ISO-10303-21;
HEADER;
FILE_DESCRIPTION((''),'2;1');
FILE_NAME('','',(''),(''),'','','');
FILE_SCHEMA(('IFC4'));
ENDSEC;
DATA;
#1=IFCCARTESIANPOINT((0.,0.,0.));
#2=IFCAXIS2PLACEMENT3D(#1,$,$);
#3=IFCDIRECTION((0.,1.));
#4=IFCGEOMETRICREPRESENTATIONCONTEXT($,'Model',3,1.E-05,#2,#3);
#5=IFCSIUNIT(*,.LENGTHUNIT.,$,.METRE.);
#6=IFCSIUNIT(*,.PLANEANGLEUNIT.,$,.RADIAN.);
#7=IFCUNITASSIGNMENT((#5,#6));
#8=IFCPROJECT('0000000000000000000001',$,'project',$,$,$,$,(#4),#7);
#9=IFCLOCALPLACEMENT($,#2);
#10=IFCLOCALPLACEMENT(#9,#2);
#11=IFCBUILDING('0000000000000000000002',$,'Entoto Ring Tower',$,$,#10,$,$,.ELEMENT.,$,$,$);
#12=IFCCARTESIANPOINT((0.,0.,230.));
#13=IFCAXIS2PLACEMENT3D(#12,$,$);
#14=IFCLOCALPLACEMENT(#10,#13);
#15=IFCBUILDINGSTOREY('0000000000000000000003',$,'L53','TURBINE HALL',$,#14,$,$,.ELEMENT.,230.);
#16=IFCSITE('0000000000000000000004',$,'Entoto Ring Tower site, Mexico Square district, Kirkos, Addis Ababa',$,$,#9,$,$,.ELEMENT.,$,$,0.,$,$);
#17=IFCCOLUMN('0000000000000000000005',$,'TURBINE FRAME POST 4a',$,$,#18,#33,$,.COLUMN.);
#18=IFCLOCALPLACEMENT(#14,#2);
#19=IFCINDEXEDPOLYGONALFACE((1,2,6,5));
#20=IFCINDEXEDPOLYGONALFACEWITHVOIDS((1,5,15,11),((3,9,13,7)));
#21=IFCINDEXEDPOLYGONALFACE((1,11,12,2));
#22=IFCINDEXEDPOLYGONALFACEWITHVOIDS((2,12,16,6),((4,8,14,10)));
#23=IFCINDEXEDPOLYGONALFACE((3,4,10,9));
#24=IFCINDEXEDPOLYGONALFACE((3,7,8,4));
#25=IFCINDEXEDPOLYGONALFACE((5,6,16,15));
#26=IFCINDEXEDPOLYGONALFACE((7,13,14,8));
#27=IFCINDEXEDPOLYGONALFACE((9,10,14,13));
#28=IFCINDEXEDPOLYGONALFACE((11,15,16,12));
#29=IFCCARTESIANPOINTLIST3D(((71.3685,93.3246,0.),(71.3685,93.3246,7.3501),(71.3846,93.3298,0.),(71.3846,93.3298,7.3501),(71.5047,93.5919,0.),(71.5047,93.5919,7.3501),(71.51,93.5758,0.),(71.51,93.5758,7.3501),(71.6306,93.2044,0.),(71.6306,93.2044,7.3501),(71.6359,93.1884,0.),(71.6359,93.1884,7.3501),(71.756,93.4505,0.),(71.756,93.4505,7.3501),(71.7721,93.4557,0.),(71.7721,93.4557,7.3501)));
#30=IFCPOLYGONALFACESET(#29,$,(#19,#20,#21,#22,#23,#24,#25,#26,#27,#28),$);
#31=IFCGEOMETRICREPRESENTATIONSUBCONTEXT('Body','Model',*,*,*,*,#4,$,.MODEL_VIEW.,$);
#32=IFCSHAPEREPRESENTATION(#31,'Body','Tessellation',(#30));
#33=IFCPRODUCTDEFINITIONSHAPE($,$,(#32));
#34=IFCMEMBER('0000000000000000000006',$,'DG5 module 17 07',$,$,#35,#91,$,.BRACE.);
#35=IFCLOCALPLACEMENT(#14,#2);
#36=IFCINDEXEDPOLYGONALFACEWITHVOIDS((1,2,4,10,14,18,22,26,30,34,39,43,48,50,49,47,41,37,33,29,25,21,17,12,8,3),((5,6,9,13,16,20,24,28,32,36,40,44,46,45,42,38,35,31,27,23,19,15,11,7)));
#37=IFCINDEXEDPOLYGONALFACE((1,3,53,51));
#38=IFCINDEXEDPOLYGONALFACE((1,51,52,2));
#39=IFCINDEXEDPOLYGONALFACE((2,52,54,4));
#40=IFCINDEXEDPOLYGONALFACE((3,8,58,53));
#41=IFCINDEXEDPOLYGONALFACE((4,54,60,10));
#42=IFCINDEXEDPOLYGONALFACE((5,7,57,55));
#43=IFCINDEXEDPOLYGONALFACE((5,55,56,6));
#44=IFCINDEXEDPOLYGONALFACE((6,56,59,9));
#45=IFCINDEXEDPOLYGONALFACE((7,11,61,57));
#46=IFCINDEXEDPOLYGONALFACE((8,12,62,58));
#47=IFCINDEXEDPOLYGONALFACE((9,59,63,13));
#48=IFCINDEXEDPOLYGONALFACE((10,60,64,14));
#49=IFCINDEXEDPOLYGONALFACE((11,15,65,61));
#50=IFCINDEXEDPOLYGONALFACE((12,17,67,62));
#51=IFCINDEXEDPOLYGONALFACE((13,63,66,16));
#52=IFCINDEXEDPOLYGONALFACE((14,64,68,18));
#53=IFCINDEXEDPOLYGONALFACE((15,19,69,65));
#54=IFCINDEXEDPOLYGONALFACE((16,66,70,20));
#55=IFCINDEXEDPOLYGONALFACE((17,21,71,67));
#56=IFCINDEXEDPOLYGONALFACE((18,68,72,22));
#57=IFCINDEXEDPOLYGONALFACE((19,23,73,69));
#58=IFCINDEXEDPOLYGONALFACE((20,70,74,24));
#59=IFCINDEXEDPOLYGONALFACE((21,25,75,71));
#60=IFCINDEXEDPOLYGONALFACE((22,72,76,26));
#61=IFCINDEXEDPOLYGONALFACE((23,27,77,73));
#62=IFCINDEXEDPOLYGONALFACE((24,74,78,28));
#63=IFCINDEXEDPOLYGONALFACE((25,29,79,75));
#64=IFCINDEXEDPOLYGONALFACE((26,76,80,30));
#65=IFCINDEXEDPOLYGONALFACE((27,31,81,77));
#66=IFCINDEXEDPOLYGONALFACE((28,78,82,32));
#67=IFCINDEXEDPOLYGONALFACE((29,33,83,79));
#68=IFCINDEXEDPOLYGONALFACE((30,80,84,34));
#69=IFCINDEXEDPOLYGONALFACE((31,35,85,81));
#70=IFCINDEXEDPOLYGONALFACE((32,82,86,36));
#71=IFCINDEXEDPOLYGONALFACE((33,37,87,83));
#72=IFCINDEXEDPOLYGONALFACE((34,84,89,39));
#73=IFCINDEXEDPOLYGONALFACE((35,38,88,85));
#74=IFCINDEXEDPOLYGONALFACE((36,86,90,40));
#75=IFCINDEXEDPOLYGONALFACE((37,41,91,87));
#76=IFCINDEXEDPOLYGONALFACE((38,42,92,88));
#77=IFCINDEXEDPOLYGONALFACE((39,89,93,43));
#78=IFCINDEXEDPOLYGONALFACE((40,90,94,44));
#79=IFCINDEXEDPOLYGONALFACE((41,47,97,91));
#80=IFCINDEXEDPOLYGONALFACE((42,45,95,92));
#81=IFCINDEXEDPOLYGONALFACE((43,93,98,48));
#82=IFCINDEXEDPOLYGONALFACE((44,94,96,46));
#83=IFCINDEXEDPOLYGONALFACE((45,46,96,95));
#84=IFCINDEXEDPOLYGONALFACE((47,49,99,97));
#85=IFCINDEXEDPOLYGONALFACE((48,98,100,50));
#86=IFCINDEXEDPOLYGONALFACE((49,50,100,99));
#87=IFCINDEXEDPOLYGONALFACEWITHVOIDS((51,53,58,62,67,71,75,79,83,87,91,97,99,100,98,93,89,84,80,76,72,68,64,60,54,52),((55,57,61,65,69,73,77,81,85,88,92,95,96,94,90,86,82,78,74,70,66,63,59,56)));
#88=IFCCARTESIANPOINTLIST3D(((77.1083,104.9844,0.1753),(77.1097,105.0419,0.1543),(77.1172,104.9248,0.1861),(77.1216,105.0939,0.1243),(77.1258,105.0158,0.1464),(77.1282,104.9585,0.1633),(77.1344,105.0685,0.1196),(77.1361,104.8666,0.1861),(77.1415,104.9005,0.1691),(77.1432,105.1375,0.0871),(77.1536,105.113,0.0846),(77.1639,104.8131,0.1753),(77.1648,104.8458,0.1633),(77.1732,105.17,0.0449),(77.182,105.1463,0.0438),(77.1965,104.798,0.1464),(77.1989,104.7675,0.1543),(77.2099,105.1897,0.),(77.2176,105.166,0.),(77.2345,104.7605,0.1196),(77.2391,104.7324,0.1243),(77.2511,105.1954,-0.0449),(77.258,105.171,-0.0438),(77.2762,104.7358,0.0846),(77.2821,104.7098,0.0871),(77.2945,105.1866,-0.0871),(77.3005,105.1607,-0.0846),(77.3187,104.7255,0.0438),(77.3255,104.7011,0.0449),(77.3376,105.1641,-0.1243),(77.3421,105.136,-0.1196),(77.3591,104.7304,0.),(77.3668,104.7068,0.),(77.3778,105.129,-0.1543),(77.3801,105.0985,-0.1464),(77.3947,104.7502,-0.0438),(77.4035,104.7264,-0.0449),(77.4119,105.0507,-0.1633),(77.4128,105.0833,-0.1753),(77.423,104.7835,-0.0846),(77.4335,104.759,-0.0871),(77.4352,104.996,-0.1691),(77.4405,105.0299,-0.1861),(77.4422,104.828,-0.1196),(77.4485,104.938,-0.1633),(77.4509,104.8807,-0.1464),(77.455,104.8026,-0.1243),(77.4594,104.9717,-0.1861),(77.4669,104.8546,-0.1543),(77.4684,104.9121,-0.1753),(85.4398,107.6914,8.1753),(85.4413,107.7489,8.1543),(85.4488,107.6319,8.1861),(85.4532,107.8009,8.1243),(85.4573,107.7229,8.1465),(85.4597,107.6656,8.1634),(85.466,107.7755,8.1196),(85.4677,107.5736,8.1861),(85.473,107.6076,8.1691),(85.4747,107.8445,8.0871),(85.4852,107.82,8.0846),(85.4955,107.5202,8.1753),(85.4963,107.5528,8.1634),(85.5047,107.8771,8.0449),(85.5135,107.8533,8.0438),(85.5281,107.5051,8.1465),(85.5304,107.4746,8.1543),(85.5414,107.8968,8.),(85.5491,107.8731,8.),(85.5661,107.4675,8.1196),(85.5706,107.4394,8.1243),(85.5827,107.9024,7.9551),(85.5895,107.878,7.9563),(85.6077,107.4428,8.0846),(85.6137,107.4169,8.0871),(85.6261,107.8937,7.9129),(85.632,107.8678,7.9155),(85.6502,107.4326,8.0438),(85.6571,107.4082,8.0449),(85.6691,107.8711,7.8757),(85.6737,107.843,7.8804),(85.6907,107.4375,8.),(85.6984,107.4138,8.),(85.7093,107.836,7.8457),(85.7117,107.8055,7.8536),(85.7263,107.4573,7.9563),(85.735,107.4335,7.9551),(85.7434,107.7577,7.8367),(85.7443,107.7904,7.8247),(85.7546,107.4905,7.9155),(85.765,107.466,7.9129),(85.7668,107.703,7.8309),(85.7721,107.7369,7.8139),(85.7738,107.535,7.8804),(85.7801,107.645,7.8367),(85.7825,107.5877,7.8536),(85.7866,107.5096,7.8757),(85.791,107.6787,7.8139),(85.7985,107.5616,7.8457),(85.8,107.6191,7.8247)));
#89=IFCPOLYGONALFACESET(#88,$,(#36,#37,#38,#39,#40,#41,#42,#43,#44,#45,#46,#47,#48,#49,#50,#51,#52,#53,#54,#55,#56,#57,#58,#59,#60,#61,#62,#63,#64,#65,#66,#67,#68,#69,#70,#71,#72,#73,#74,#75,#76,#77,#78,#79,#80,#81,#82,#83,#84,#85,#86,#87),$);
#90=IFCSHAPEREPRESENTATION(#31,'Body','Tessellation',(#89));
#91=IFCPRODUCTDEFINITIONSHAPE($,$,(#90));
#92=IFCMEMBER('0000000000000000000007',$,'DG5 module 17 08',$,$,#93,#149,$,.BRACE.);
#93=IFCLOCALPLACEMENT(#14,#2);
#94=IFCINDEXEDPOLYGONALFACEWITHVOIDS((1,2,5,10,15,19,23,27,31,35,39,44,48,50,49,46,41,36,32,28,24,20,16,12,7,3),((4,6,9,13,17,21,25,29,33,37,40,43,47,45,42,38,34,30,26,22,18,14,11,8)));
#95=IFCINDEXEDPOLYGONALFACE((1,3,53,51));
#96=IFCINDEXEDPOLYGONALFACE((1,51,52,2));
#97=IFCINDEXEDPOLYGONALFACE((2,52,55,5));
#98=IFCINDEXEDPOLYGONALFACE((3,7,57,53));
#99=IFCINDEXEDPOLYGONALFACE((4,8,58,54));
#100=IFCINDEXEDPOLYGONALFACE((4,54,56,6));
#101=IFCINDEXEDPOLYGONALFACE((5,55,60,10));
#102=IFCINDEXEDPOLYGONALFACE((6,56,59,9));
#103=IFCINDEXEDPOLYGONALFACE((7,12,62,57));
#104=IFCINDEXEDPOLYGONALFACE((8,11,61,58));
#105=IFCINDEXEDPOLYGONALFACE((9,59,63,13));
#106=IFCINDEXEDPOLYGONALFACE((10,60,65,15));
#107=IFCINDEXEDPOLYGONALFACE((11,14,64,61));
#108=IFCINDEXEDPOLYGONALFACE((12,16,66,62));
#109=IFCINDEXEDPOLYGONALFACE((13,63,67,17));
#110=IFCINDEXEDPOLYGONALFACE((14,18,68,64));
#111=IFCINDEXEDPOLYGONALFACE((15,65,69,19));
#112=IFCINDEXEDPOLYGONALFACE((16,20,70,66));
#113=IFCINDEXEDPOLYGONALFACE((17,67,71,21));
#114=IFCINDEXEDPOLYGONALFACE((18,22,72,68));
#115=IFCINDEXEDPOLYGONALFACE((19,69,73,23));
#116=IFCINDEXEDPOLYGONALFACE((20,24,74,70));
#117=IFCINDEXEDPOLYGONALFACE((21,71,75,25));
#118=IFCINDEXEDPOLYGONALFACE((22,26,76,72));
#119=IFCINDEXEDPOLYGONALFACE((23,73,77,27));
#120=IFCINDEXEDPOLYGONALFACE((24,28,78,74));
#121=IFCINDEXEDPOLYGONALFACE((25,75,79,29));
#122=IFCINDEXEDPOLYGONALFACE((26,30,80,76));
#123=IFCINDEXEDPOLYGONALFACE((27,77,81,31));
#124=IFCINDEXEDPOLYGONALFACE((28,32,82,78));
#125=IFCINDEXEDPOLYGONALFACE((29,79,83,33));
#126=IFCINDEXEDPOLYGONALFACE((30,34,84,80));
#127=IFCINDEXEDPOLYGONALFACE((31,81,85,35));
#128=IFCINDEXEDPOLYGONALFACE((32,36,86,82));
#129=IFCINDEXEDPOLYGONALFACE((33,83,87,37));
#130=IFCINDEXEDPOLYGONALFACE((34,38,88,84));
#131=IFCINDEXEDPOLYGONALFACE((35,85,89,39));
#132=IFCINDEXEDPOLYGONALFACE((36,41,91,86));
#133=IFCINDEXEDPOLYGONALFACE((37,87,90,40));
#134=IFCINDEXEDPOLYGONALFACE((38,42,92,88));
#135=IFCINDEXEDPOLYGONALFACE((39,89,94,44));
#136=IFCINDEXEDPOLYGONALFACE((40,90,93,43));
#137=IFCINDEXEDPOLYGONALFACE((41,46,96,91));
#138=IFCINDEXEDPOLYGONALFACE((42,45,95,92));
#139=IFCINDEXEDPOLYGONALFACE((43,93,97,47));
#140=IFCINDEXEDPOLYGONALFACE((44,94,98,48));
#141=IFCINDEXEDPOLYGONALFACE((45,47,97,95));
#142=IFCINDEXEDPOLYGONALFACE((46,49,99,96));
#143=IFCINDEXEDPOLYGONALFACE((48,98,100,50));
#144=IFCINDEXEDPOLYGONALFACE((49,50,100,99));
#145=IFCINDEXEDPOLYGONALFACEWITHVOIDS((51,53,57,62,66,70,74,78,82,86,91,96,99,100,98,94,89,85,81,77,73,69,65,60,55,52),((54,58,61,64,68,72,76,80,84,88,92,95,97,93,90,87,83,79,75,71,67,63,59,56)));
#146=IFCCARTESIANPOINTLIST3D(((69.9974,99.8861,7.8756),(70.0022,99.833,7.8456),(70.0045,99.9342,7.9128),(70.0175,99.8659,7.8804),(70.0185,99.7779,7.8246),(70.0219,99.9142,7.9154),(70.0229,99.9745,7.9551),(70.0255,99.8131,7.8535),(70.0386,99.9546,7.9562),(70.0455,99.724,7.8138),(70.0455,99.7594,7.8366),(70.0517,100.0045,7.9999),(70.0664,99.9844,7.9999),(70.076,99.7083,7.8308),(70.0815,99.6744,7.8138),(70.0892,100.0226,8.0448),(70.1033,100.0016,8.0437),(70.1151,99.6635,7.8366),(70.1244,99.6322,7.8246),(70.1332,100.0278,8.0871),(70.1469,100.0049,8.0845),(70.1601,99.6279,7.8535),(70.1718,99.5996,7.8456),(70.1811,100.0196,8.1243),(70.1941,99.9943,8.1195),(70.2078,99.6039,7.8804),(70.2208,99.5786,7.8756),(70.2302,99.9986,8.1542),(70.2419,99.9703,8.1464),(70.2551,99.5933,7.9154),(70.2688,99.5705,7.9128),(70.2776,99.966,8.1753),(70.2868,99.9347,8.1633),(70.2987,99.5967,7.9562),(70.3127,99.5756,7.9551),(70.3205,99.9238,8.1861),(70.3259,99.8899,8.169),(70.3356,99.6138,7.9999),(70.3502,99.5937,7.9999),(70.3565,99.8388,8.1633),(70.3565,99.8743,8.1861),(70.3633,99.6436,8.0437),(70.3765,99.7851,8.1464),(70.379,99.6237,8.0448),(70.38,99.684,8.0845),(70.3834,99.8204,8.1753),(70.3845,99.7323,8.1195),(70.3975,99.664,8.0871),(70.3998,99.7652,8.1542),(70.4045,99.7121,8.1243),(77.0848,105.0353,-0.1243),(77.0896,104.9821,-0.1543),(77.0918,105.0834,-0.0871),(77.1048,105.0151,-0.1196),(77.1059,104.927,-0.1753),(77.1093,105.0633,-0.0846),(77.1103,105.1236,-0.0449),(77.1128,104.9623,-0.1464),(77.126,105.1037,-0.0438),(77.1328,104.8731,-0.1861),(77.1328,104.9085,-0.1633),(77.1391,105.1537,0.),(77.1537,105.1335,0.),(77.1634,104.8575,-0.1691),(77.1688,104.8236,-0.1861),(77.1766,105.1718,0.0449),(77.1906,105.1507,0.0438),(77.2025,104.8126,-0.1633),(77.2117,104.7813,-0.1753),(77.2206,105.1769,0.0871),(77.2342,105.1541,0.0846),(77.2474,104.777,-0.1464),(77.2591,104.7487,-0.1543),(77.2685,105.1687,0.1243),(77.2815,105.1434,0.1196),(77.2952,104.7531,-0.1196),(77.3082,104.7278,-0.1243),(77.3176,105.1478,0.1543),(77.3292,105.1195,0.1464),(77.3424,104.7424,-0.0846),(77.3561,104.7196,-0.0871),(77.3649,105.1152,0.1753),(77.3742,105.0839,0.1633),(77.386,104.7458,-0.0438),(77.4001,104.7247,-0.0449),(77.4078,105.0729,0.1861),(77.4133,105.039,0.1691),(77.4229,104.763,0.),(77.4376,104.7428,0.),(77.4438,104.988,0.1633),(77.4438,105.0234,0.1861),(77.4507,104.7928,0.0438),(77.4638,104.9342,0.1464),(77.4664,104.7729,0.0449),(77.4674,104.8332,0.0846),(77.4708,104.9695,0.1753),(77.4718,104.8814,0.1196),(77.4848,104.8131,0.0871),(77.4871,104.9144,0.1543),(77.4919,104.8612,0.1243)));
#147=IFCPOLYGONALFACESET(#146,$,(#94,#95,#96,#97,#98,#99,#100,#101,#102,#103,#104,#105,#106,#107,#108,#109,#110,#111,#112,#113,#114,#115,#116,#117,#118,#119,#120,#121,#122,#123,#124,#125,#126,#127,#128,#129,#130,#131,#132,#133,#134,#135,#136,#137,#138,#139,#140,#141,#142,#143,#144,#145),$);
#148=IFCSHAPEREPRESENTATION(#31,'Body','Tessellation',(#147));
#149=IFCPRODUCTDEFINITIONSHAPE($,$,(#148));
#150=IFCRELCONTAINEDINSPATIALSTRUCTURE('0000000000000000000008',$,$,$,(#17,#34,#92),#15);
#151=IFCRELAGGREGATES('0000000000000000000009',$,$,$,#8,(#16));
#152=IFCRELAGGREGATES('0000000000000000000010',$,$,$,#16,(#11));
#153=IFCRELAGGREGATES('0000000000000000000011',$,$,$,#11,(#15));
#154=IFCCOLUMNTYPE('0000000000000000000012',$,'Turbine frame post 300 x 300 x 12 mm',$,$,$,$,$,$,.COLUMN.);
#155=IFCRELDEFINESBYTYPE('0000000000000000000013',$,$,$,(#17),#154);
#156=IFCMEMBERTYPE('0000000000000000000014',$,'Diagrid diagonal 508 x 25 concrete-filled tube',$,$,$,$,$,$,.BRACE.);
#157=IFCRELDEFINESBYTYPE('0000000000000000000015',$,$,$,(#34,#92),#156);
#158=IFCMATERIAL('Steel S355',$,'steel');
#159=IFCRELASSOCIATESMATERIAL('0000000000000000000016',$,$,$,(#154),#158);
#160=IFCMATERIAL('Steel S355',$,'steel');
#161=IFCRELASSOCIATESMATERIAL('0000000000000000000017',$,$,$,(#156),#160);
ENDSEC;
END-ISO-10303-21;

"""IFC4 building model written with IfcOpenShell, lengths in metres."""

from ifc_helpers import new_model, si_unit, direction, frame, origin, origin_2d, place, context, subcontext, project, spatial, hollow_rectangle, circle, hollow_circle, extrude, material, material_profile, profile_set, type_object, element, save


model = new_model("IFC4")

# Units and contexts
model_context = context("Model", 3, precision=1e-05, world=origin(), true_north=direction((0.0, 1.0)))
body_context = subcontext(model_context, "Body", "Model", "MODEL_VIEW")
ifc_project = project(units=[si_unit("LENGTHUNIT", "METRE"), si_unit("PLANEANGLEUNIT", "RADIAN")], contexts=[model_context])

# Site, building, storey
site_placement = place(None, origin())
site = spatial("IfcSite", under=ifc_project, at=site_placement, Name="Entoto Ring Tower site, Mexico Square district, Kirkos, Addis Ababa", CompositionType="ELEMENT", RefElevation=0.0)
building_placement = place(site_placement, origin())
building = spatial("IfcBuilding", under=site, at=building_placement, Name="Entoto Ring Tower", CompositionType="ELEMENT")
storey_placement = place(building_placement, frame((0.0, 0.0, 230.0)))
storey = spatial("IfcBuildingStorey", under=building, at=storey_placement, Name="L53", Description="TURBINE HALL", CompositionType="ELEMENT", Elevation=230.0)

# Column
ifc_material_1 = material(Name="Steel S355", Category="steel")
ifc_material_profile_1 = material_profile(ifc_material_1, hollow_rectangle(XDim=0.3, YDim=0.3, WallThickness=0.012, at=origin_2d()), Name="Turbine frame post 300 x 300 x 12 mm")
ifc_profile_set_1 = profile_set([ifc_material_profile_1], Name="Steel S355")
column_type_1 = type_object("IfcColumnType", Name="Turbine frame post 300 x 300 x 12 mm", PredefinedType="COLUMN", material=ifc_profile_set_1)
for number, where, z_axis, x_axis, name in (
    (1, (71.5703, 93.3901, 0.0), (0.0, 0.0, 1.0), (-0.45399, -0.891007, 0.0), "TURBINE FRAME POST 4a"),
):
    element("IfcColumn", number, at=place(storey_placement, frame(where, z_axis=z_axis, x_axis=x_axis)), inside=storey, type_object=column_type_1, Name=name, PredefinedType="COLUMN", context=body_context, shape_type="SweptSolid", body=[
        extrude(hollow_rectangle(XDim=0.3, YDim=0.3, WallThickness=0.012, at=origin_2d()), origin(), (0.0, 0.0, 1.0), 7.3501),
    ])

# Members
ifc_material_2 = material(Name="Steel S355", Category="steel")
ifc_material_profile_2 = material_profile(ifc_material_2, hollow_circle(Radius=0.2539, WallThickness=0.0249, at=origin_2d()), Name="CHS 508 x 25")
ifc_material_3 = material(Name="Concrete C60/75", Category="concrete")
ifc_material_profile_3 = material_profile(ifc_material_3, circle(Radius=0.229, at=origin_2d()), Name="Concrete C60/75 infill")
ifc_profile_set_2 = profile_set([ifc_material_profile_2, ifc_material_profile_3], Name="Steel S355")
member_type_1 = type_object("IfcMemberType", Name="Diagrid diagonal 508 x 25 concrete-filled tube", PredefinedType="BRACE", material=ifc_profile_set_2)
for number, where, z_axis, x_axis, name in (
    (2, (77.2883, 104.9482, 0.0), (0.702284, 0.228182, 0.674337), (-0.309012, 0.951058, 0.0), "DG5 module 17 07"),
    (3, (77.2883, 104.9482, 0.0), (-0.597407, -0.434031, 0.674331), (0.587776, -0.809024, 0.0), "DG5 module 17 08"),
):
    element("IfcMember", number, at=place(storey_placement, frame(where, z_axis=z_axis, x_axis=x_axis)), inside=storey, type_object=member_type_1, Name=name, PredefinedType="BRACE", context=body_context, shape_type="SweptSolid", body=[
        extrude(hollow_circle(Radius=0.2539, WallThickness=0.0249, at=origin_2d()), origin(), (0.0, 0.0, 1.0), 11.8635),
    ])

save(model, "model.ifc")
